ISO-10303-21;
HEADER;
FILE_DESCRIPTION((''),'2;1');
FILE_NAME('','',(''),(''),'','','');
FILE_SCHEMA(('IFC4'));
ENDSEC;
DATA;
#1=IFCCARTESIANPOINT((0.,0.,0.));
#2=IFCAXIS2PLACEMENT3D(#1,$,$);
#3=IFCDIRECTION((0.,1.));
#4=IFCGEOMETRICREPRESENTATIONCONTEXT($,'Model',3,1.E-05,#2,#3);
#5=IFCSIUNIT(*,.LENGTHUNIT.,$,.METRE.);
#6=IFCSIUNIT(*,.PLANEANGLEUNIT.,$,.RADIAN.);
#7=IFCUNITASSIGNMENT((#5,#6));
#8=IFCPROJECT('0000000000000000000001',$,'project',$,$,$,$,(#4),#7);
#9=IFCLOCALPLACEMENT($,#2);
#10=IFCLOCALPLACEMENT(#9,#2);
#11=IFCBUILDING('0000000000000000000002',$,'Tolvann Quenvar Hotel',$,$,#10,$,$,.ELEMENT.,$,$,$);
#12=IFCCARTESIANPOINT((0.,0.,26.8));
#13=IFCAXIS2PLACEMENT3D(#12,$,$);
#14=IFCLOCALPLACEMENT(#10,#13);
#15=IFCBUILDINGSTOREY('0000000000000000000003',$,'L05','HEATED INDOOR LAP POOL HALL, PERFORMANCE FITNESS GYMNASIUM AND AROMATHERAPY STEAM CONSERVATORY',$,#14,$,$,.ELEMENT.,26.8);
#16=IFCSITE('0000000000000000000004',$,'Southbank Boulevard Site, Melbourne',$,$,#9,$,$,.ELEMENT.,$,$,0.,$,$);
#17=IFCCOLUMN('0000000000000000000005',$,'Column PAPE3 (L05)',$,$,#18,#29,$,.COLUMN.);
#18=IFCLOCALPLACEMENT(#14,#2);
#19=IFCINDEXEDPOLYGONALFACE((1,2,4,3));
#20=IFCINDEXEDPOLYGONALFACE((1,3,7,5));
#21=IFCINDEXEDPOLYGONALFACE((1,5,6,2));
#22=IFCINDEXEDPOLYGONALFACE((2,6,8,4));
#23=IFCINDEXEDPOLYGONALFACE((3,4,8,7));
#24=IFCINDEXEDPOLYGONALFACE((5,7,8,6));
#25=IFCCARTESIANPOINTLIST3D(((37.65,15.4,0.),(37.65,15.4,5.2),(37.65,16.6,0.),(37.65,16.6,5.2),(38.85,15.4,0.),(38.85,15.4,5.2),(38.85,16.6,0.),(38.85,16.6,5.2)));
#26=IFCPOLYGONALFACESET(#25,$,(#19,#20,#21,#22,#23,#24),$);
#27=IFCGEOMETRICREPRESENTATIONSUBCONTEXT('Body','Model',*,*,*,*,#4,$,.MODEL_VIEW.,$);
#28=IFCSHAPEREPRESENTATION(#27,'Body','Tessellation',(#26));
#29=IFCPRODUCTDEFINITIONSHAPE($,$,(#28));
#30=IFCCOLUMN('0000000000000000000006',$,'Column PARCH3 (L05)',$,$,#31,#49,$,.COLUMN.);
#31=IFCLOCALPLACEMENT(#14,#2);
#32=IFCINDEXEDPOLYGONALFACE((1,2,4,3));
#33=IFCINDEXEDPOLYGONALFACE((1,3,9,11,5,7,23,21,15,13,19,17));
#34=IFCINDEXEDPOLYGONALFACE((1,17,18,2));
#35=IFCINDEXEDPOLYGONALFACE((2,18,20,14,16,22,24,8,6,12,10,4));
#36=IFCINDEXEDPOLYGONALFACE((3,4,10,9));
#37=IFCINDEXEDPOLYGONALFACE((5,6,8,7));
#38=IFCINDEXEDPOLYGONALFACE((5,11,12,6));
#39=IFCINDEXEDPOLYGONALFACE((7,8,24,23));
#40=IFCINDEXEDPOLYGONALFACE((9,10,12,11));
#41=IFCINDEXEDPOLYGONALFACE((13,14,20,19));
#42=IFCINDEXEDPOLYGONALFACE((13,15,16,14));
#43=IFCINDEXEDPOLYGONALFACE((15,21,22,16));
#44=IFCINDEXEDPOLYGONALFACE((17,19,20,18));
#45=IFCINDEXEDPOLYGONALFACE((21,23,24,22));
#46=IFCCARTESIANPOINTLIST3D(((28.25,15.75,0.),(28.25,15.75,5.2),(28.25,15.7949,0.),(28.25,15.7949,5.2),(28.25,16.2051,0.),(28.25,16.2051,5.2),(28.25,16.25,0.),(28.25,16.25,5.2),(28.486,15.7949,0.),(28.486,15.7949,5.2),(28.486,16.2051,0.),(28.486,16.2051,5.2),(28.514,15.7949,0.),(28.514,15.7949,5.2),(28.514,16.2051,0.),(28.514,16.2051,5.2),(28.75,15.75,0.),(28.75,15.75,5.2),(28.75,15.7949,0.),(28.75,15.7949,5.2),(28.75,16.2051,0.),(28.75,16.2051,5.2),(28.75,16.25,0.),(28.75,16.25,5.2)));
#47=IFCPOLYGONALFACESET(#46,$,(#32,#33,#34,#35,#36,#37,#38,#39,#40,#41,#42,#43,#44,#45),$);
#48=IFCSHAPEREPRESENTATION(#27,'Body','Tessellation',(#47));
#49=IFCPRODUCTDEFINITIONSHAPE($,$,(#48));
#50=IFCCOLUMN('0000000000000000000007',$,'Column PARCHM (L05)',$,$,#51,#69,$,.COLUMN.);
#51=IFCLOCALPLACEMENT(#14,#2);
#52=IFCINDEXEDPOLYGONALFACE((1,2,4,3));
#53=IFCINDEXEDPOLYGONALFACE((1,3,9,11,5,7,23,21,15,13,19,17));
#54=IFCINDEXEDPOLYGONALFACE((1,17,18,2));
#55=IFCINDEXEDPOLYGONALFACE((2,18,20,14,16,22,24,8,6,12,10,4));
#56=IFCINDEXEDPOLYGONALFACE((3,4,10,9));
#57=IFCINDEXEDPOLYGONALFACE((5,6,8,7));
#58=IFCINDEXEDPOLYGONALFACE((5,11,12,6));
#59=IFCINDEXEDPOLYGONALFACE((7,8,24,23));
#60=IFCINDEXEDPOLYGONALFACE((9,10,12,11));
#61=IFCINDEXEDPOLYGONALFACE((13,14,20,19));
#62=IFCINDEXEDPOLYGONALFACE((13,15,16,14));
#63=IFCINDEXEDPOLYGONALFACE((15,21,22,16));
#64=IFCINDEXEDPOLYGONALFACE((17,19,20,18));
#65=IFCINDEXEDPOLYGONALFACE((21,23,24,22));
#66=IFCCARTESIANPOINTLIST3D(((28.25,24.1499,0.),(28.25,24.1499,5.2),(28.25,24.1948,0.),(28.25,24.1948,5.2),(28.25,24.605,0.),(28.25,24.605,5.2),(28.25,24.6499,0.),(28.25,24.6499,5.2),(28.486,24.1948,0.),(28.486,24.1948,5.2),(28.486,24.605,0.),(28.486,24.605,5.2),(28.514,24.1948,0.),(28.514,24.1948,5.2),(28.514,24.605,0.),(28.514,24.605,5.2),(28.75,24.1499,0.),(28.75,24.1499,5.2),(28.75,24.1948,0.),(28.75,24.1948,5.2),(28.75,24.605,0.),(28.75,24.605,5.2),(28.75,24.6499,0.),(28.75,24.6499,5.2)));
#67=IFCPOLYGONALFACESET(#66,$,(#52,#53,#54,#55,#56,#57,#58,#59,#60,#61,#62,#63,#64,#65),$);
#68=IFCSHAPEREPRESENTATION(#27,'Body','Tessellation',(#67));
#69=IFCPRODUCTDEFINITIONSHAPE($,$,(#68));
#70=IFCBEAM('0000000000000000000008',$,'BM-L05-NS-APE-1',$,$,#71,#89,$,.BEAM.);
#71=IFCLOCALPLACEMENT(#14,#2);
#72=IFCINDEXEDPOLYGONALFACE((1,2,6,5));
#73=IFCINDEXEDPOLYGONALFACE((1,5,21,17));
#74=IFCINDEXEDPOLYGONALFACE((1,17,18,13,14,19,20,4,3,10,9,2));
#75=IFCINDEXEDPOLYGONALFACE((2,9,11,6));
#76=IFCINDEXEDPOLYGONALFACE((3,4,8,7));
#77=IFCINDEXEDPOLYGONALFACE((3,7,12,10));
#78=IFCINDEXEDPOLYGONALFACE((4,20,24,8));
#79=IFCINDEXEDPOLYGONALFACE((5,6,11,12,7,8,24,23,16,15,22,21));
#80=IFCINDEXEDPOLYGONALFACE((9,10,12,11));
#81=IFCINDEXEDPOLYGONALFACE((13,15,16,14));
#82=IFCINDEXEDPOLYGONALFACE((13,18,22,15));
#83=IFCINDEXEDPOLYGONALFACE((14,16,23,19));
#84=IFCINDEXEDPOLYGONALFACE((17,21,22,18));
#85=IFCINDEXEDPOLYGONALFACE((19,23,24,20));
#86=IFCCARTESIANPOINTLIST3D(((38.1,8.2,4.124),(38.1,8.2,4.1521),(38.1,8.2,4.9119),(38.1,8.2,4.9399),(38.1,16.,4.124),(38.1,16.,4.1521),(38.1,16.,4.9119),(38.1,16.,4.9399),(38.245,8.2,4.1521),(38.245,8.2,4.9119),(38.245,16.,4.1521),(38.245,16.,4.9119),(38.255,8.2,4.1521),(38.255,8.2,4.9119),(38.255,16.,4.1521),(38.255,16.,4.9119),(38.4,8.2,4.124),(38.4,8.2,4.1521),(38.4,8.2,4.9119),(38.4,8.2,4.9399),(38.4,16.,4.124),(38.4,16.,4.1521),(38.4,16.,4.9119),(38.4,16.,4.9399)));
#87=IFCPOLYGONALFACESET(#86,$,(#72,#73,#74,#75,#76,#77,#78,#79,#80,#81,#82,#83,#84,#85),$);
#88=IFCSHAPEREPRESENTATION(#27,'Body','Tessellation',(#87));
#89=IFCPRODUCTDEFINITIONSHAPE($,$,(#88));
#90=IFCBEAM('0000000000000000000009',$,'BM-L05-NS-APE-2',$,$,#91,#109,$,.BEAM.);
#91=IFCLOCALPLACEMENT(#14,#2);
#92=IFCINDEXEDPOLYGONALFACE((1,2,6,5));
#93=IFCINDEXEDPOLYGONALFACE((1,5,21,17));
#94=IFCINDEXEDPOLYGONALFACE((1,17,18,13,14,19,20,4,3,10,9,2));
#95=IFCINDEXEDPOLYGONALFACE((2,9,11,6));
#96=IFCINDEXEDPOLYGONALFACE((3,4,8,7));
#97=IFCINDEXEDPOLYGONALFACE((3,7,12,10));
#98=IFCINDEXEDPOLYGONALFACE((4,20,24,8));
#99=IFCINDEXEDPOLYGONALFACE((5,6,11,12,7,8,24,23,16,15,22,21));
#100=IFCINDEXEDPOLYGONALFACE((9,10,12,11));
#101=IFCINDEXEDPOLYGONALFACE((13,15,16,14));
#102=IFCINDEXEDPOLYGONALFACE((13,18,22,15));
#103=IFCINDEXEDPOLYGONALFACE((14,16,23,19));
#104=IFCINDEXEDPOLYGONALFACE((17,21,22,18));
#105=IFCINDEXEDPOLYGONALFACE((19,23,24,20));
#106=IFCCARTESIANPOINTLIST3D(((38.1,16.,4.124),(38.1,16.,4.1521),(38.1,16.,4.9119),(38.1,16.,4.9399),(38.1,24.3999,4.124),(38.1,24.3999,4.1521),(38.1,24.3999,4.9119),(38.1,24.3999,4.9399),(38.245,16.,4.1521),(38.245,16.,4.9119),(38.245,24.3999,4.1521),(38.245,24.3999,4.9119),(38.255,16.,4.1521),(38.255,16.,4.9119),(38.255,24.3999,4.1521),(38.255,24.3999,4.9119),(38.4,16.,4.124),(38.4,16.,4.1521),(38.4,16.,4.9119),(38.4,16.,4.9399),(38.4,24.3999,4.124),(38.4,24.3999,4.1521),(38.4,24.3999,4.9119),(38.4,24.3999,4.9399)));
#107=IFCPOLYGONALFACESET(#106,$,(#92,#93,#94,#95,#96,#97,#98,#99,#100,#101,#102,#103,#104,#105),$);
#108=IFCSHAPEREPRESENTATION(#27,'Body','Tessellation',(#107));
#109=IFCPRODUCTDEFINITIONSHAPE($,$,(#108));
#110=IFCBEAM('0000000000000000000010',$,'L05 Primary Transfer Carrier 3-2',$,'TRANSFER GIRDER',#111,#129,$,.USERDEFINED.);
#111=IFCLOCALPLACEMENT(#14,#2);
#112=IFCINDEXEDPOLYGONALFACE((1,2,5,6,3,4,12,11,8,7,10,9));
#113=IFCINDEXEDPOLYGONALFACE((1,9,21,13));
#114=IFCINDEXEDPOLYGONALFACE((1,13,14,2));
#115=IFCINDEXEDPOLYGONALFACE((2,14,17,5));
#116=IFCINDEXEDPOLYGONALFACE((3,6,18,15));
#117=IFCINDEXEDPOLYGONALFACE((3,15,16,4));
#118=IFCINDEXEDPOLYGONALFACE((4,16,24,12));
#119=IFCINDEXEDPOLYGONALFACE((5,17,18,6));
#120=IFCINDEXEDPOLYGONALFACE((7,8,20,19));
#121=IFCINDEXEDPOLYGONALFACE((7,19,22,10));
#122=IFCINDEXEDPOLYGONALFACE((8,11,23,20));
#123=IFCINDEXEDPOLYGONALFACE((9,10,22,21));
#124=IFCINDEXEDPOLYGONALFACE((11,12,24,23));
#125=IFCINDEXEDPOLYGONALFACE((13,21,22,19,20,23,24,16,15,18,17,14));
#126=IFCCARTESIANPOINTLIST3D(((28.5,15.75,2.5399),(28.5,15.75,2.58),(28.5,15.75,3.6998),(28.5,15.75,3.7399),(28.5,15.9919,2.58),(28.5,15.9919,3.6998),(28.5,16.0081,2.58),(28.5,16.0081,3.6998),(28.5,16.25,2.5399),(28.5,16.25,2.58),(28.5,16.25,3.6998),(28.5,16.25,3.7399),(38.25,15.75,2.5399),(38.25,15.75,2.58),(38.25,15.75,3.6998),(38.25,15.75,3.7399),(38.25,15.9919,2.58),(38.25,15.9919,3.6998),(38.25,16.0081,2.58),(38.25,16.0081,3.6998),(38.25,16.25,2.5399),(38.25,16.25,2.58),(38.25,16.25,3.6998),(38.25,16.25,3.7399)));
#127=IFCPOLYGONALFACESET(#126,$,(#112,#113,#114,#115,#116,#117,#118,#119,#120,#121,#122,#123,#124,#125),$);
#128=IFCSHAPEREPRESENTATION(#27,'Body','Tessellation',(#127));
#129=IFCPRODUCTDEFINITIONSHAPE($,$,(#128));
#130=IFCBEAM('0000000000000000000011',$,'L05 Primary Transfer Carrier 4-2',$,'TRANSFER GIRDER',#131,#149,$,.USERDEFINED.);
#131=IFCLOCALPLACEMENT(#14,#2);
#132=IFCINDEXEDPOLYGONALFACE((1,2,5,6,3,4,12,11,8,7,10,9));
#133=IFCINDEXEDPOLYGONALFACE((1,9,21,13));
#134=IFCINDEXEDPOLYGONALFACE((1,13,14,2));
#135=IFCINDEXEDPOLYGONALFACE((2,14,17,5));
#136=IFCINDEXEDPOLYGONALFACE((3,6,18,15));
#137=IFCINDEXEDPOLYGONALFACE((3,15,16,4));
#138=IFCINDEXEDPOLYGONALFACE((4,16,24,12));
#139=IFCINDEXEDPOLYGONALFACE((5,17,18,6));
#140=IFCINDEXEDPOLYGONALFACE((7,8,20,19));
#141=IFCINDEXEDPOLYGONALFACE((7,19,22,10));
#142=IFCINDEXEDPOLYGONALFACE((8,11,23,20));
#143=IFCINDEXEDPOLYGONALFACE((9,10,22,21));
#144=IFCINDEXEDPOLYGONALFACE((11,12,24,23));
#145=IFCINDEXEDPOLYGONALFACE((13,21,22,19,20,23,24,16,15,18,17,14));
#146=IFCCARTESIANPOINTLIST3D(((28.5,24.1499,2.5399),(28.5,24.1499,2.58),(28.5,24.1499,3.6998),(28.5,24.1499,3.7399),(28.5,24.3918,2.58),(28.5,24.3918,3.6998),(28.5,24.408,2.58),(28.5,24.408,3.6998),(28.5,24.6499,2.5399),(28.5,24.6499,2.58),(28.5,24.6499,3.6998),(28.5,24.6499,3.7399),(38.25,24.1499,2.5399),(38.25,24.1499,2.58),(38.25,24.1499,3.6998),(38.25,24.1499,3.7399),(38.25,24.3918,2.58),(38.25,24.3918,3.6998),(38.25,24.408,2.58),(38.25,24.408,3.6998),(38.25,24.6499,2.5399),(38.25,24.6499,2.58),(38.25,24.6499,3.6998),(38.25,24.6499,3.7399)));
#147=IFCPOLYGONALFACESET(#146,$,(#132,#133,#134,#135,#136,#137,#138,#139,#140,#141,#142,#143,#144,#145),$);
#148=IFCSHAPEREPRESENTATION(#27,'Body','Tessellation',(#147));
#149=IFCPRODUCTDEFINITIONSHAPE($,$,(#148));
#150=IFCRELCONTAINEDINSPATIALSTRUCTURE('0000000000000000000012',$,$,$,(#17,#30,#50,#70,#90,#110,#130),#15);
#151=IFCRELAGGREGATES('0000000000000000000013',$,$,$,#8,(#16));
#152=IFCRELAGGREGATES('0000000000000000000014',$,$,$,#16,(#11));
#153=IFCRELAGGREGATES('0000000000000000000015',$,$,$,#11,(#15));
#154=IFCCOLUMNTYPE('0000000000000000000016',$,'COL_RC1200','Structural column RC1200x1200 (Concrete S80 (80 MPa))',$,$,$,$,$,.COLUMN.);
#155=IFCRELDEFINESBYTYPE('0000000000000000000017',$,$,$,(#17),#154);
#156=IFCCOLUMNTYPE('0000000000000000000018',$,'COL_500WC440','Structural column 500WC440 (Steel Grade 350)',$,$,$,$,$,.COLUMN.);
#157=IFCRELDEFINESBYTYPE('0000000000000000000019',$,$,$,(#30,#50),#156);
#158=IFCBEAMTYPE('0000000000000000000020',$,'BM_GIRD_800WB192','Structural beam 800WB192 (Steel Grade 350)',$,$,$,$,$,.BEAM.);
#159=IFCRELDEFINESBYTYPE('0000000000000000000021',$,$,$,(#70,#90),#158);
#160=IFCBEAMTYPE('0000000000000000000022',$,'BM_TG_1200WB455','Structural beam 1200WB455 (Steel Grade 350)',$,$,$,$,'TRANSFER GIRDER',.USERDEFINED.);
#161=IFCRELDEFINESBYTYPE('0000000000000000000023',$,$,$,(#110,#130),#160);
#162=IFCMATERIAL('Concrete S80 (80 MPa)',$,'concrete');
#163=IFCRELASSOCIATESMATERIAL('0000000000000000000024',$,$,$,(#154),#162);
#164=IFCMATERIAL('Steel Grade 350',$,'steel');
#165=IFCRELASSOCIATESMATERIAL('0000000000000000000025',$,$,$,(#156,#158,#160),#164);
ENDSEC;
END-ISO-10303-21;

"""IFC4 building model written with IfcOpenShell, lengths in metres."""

from ifc_helpers import new_model, si_unit, direction, frame, origin, origin_2d, place, context, subcontext, project, spatial, rectangle, i_section, extrude, source, transform, mapped, material, material_profile, profile_set, type_object, type_shapes, element, save


model = new_model("IFC4")

# Units and contexts
model_context = context("Model", 3, precision=1e-05, world=origin(), true_north=direction((0.0, 1.0)))
body_context = subcontext(model_context, "Body", "Model", "MODEL_VIEW")
ifc_project = project(units=[si_unit("LENGTHUNIT", "METRE"), si_unit("PLANEANGLEUNIT", "RADIAN")], contexts=[model_context])

# Site, building, storey
site_placement = place(None, origin())
site = spatial("IfcSite", under=ifc_project, at=site_placement, Name="Southbank Boulevard Site, Melbourne", CompositionType="ELEMENT", RefElevation=0.0)
building_placement = place(site_placement, origin())
building = spatial("IfcBuilding", under=site, at=building_placement, Name="Tolvann Quenvar Hotel", CompositionType="ELEMENT")
storey_placement = place(building_placement, frame((0.0, 0.0, 26.8)))
storey = spatial("IfcBuildingStorey", under=building, at=storey_placement, Name="L05", Description="HEATED INDOOR LAP POOL HALL, PERFORMANCE FITNESS GYMNASIUM AND AROMATHERAPY STEAM CONSERVATORY", CompositionType="ELEMENT", Elevation=26.8)

# Columns
ifc_material_1 = material(Name="Concrete S80 (80 MPa)", Category="concrete")
ifc_material_profile_1 = material_profile(ifc_material_1, rectangle(XDim=1.2, YDim=1.2, at=origin_2d()), Name="RC1200x1200")
ifc_profile_set_1 = profile_set([ifc_material_profile_1], Name="Concrete S80 (80 MPa)")
column_type_1 = type_object("IfcColumnType", Name="COL_RC1200", Description="Structural column RC1200x1200 (Concrete S80 (80 MPa))", PredefinedType="COLUMN", material=ifc_profile_set_1)
shared_shape_1 = source(origin(), body_context, "Body", "SweptSolid", [
    extrude(rectangle(XDim=1.2, YDim=1.2, at=origin_2d()), origin(), (0.0, 0.0, 1.0), 5.2),
])
type_shapes(column_type_1, [shared_shape_1])
column_placement = place(storey_placement, frame((38.25, 16.0, 0.0), z_axis=(0.0, 0.0, 1.0), x_axis=(1.0, 0.0, 0.0)))
element("IfcColumn", 1, at=column_placement, inside=storey, type_object=column_type_1, Name="Column PAPE3 (L05)", PredefinedType="COLUMN", context=body_context, shape_type="MappedRepresentation", body=[
    mapped(shared_shape_1, transform((0.0, 0.0, 0.0), x_axis=(1.0, 0.0, 0.0), y_axis=(0.0, 1.0, 0.0), z_axis=(0.0, 0.0, 1.0), scale=1.0)),
])
ifc_material_2 = material(Name="Steel Grade 350", Category="steel")
ifc_material_profile_2 = material_profile(ifc_material_2, i_section(OverallWidth=0.5, OverallDepth=0.5, WebThickness=0.0281, FlangeThickness=0.0449, at=origin_2d()), Name="500WC440")
ifc_profile_set_2 = profile_set([ifc_material_profile_2], Name="Steel Grade 350")
column_type_2 = type_object("IfcColumnType", Name="COL_500WC440", Description="Structural column 500WC440 (Steel Grade 350)", PredefinedType="COLUMN", material=ifc_profile_set_2)
shared_shape_2 = source(origin(), body_context, "Body", "SweptSolid", [
    extrude(i_section(OverallWidth=0.5, OverallDepth=0.5, WebThickness=0.0281, FlangeThickness=0.0449, at=origin_2d()), origin(), (0.0, 0.0, 1.0), 5.2),
])
type_shapes(column_type_2, [shared_shape_2])
for number, where, z_axis, x_axis, name in (
    (2, (28.5, 16.0, 0.0), (0.0, 0.0, 1.0), (1.0, 0.0, 0.0), "Column PARCH3 (L05)"),
    (3, (28.5, 24.3999, 0.0), (0.0, 0.0, 1.0), (1.0, 0.0, 0.0), "Column PARCHM (L05)"),
):
    element("IfcColumn", number, at=place(storey_placement, frame(where, z_axis=z_axis, x_axis=x_axis)), inside=storey, type_object=column_type_2, Name=name, PredefinedType="COLUMN", context=body_context, shape_type="MappedRepresentation", body=[
        mapped(shared_shape_2, transform((0.0, 0.0, 0.0), x_axis=(1.0, 0.0, 0.0), y_axis=(0.0, 1.0, 0.0), z_axis=(0.0, 0.0, 1.0), scale=1.0)),
    ])

# Beams
ifc_material_profile_3 = material_profile(ifc_material_2, i_section(OverallWidth=0.3, OverallDepth=0.8159, WebThickness=0.01, FlangeThickness=0.0281, at=origin_2d()), Name="800WB192")
ifc_profile_set_3 = profile_set([ifc_material_profile_3], Name="Steel Grade 350")
beam_type_1 = type_object("IfcBeamType", Name="BM_GIRD_800WB192", Description="Structural beam 800WB192 (Steel Grade 350)", PredefinedType="BEAM", material=ifc_profile_set_3)
shared_shape_3 = source(origin(), body_context, "Body", "SweptSolid", [
    extrude(i_section(OverallWidth=0.3, OverallDepth=0.8159, WebThickness=0.01, FlangeThickness=0.0281, at=origin_2d()), origin(), (0.0, 0.0, 1.0), 7.8),
])
beam_1_placement = place(storey_placement, frame((38.25, 8.2, 4.532), z_axis=(0.0, 1.0, 0.0), x_axis=(-1.0, 0.0, 0.0)))
element("IfcBeam", 4, at=beam_1_placement, inside=storey, type_object=beam_type_1, Name="BM-L05-NS-APE-1", PredefinedType="BEAM", context=body_context, shape_type="MappedRepresentation", body=[
    mapped(shared_shape_3, transform((0.0, 0.0, 0.0), x_axis=(1.0, 0.0, 0.0), y_axis=(0.0, 1.0, 0.0), z_axis=(0.0, 0.0, 1.0), scale=1.0)),
])
shared_shape_4 = source(origin(), body_context, "Body", "SweptSolid", [
    extrude(i_section(OverallWidth=0.3, OverallDepth=0.8159, WebThickness=0.01, FlangeThickness=0.0281, at=origin_2d()), origin(), (0.0, 0.0, 1.0), 8.3999),
])
type_shapes(beam_type_1, [shared_shape_3, shared_shape_4])
beam_2_placement = place(storey_placement, frame((38.25, 16.0, 4.532), z_axis=(0.0, 1.0, 0.0), x_axis=(-1.0, 0.0, 0.0)))
element("IfcBeam", 5, at=beam_2_placement, inside=storey, type_object=beam_type_1, Name="BM-L05-NS-APE-2", PredefinedType="BEAM", context=body_context, shape_type="MappedRepresentation", body=[
    mapped(shared_shape_4, transform((0.0, 0.0, 0.0), x_axis=(1.0, 0.0, 0.0), y_axis=(0.0, 1.0, 0.0), z_axis=(0.0, 0.0, 1.0), scale=1.0)),
])
ifc_material_profile_4 = material_profile(ifc_material_2, i_section(OverallWidth=0.5, OverallDepth=1.2, WebThickness=0.0161, FlangeThickness=0.04, at=origin_2d()), Name="1200WB455")
ifc_profile_set_4 = profile_set([ifc_material_profile_4], Name="Steel Grade 350")
beam_type_2 = type_object("IfcBeamType", Name="BM_TG_1200WB455", Description="Structural beam 1200WB455 (Steel Grade 350)", ElementType="TRANSFER GIRDER", PredefinedType="USERDEFINED", material=ifc_profile_set_4)
shared_shape_5 = source(origin(), body_context, "Body", "SweptSolid", [
    extrude(i_section(OverallWidth=0.5, OverallDepth=1.2, WebThickness=0.0161, FlangeThickness=0.04, at=origin_2d()), origin(), (0.0, 0.0, 1.0), 9.75),
])
for number, where, z_axis, x_axis, name in (
    (6, (28.5, 16.0, 3.1399), (1.0, 0.0, 0.0), (0.0, 1.0, 0.0), "L05 Primary Transfer Carrier 3-2"),
    (7, (28.5, 24.3999, 3.1399), (1.0, 0.0, 0.0), (0.0, 1.0, 0.0), "L05 Primary Transfer Carrier 4-2"),
):
    element("IfcBeam", number, at=place(storey_placement, frame(where, z_axis=z_axis, x_axis=x_axis)), inside=storey, type_object=beam_type_2, Name=name, ObjectType="TRANSFER GIRDER", PredefinedType="USERDEFINED", context=body_context, shape_type="MappedRepresentation", body=[
        mapped(shared_shape_5, transform((0.0, 0.0, 0.0), x_axis=(1.0, 0.0, 0.0), y_axis=(0.0, 1.0, 0.0), z_axis=(0.0, 0.0, 1.0), scale=1.0)),
    ])

save(model, "model.ifc")
